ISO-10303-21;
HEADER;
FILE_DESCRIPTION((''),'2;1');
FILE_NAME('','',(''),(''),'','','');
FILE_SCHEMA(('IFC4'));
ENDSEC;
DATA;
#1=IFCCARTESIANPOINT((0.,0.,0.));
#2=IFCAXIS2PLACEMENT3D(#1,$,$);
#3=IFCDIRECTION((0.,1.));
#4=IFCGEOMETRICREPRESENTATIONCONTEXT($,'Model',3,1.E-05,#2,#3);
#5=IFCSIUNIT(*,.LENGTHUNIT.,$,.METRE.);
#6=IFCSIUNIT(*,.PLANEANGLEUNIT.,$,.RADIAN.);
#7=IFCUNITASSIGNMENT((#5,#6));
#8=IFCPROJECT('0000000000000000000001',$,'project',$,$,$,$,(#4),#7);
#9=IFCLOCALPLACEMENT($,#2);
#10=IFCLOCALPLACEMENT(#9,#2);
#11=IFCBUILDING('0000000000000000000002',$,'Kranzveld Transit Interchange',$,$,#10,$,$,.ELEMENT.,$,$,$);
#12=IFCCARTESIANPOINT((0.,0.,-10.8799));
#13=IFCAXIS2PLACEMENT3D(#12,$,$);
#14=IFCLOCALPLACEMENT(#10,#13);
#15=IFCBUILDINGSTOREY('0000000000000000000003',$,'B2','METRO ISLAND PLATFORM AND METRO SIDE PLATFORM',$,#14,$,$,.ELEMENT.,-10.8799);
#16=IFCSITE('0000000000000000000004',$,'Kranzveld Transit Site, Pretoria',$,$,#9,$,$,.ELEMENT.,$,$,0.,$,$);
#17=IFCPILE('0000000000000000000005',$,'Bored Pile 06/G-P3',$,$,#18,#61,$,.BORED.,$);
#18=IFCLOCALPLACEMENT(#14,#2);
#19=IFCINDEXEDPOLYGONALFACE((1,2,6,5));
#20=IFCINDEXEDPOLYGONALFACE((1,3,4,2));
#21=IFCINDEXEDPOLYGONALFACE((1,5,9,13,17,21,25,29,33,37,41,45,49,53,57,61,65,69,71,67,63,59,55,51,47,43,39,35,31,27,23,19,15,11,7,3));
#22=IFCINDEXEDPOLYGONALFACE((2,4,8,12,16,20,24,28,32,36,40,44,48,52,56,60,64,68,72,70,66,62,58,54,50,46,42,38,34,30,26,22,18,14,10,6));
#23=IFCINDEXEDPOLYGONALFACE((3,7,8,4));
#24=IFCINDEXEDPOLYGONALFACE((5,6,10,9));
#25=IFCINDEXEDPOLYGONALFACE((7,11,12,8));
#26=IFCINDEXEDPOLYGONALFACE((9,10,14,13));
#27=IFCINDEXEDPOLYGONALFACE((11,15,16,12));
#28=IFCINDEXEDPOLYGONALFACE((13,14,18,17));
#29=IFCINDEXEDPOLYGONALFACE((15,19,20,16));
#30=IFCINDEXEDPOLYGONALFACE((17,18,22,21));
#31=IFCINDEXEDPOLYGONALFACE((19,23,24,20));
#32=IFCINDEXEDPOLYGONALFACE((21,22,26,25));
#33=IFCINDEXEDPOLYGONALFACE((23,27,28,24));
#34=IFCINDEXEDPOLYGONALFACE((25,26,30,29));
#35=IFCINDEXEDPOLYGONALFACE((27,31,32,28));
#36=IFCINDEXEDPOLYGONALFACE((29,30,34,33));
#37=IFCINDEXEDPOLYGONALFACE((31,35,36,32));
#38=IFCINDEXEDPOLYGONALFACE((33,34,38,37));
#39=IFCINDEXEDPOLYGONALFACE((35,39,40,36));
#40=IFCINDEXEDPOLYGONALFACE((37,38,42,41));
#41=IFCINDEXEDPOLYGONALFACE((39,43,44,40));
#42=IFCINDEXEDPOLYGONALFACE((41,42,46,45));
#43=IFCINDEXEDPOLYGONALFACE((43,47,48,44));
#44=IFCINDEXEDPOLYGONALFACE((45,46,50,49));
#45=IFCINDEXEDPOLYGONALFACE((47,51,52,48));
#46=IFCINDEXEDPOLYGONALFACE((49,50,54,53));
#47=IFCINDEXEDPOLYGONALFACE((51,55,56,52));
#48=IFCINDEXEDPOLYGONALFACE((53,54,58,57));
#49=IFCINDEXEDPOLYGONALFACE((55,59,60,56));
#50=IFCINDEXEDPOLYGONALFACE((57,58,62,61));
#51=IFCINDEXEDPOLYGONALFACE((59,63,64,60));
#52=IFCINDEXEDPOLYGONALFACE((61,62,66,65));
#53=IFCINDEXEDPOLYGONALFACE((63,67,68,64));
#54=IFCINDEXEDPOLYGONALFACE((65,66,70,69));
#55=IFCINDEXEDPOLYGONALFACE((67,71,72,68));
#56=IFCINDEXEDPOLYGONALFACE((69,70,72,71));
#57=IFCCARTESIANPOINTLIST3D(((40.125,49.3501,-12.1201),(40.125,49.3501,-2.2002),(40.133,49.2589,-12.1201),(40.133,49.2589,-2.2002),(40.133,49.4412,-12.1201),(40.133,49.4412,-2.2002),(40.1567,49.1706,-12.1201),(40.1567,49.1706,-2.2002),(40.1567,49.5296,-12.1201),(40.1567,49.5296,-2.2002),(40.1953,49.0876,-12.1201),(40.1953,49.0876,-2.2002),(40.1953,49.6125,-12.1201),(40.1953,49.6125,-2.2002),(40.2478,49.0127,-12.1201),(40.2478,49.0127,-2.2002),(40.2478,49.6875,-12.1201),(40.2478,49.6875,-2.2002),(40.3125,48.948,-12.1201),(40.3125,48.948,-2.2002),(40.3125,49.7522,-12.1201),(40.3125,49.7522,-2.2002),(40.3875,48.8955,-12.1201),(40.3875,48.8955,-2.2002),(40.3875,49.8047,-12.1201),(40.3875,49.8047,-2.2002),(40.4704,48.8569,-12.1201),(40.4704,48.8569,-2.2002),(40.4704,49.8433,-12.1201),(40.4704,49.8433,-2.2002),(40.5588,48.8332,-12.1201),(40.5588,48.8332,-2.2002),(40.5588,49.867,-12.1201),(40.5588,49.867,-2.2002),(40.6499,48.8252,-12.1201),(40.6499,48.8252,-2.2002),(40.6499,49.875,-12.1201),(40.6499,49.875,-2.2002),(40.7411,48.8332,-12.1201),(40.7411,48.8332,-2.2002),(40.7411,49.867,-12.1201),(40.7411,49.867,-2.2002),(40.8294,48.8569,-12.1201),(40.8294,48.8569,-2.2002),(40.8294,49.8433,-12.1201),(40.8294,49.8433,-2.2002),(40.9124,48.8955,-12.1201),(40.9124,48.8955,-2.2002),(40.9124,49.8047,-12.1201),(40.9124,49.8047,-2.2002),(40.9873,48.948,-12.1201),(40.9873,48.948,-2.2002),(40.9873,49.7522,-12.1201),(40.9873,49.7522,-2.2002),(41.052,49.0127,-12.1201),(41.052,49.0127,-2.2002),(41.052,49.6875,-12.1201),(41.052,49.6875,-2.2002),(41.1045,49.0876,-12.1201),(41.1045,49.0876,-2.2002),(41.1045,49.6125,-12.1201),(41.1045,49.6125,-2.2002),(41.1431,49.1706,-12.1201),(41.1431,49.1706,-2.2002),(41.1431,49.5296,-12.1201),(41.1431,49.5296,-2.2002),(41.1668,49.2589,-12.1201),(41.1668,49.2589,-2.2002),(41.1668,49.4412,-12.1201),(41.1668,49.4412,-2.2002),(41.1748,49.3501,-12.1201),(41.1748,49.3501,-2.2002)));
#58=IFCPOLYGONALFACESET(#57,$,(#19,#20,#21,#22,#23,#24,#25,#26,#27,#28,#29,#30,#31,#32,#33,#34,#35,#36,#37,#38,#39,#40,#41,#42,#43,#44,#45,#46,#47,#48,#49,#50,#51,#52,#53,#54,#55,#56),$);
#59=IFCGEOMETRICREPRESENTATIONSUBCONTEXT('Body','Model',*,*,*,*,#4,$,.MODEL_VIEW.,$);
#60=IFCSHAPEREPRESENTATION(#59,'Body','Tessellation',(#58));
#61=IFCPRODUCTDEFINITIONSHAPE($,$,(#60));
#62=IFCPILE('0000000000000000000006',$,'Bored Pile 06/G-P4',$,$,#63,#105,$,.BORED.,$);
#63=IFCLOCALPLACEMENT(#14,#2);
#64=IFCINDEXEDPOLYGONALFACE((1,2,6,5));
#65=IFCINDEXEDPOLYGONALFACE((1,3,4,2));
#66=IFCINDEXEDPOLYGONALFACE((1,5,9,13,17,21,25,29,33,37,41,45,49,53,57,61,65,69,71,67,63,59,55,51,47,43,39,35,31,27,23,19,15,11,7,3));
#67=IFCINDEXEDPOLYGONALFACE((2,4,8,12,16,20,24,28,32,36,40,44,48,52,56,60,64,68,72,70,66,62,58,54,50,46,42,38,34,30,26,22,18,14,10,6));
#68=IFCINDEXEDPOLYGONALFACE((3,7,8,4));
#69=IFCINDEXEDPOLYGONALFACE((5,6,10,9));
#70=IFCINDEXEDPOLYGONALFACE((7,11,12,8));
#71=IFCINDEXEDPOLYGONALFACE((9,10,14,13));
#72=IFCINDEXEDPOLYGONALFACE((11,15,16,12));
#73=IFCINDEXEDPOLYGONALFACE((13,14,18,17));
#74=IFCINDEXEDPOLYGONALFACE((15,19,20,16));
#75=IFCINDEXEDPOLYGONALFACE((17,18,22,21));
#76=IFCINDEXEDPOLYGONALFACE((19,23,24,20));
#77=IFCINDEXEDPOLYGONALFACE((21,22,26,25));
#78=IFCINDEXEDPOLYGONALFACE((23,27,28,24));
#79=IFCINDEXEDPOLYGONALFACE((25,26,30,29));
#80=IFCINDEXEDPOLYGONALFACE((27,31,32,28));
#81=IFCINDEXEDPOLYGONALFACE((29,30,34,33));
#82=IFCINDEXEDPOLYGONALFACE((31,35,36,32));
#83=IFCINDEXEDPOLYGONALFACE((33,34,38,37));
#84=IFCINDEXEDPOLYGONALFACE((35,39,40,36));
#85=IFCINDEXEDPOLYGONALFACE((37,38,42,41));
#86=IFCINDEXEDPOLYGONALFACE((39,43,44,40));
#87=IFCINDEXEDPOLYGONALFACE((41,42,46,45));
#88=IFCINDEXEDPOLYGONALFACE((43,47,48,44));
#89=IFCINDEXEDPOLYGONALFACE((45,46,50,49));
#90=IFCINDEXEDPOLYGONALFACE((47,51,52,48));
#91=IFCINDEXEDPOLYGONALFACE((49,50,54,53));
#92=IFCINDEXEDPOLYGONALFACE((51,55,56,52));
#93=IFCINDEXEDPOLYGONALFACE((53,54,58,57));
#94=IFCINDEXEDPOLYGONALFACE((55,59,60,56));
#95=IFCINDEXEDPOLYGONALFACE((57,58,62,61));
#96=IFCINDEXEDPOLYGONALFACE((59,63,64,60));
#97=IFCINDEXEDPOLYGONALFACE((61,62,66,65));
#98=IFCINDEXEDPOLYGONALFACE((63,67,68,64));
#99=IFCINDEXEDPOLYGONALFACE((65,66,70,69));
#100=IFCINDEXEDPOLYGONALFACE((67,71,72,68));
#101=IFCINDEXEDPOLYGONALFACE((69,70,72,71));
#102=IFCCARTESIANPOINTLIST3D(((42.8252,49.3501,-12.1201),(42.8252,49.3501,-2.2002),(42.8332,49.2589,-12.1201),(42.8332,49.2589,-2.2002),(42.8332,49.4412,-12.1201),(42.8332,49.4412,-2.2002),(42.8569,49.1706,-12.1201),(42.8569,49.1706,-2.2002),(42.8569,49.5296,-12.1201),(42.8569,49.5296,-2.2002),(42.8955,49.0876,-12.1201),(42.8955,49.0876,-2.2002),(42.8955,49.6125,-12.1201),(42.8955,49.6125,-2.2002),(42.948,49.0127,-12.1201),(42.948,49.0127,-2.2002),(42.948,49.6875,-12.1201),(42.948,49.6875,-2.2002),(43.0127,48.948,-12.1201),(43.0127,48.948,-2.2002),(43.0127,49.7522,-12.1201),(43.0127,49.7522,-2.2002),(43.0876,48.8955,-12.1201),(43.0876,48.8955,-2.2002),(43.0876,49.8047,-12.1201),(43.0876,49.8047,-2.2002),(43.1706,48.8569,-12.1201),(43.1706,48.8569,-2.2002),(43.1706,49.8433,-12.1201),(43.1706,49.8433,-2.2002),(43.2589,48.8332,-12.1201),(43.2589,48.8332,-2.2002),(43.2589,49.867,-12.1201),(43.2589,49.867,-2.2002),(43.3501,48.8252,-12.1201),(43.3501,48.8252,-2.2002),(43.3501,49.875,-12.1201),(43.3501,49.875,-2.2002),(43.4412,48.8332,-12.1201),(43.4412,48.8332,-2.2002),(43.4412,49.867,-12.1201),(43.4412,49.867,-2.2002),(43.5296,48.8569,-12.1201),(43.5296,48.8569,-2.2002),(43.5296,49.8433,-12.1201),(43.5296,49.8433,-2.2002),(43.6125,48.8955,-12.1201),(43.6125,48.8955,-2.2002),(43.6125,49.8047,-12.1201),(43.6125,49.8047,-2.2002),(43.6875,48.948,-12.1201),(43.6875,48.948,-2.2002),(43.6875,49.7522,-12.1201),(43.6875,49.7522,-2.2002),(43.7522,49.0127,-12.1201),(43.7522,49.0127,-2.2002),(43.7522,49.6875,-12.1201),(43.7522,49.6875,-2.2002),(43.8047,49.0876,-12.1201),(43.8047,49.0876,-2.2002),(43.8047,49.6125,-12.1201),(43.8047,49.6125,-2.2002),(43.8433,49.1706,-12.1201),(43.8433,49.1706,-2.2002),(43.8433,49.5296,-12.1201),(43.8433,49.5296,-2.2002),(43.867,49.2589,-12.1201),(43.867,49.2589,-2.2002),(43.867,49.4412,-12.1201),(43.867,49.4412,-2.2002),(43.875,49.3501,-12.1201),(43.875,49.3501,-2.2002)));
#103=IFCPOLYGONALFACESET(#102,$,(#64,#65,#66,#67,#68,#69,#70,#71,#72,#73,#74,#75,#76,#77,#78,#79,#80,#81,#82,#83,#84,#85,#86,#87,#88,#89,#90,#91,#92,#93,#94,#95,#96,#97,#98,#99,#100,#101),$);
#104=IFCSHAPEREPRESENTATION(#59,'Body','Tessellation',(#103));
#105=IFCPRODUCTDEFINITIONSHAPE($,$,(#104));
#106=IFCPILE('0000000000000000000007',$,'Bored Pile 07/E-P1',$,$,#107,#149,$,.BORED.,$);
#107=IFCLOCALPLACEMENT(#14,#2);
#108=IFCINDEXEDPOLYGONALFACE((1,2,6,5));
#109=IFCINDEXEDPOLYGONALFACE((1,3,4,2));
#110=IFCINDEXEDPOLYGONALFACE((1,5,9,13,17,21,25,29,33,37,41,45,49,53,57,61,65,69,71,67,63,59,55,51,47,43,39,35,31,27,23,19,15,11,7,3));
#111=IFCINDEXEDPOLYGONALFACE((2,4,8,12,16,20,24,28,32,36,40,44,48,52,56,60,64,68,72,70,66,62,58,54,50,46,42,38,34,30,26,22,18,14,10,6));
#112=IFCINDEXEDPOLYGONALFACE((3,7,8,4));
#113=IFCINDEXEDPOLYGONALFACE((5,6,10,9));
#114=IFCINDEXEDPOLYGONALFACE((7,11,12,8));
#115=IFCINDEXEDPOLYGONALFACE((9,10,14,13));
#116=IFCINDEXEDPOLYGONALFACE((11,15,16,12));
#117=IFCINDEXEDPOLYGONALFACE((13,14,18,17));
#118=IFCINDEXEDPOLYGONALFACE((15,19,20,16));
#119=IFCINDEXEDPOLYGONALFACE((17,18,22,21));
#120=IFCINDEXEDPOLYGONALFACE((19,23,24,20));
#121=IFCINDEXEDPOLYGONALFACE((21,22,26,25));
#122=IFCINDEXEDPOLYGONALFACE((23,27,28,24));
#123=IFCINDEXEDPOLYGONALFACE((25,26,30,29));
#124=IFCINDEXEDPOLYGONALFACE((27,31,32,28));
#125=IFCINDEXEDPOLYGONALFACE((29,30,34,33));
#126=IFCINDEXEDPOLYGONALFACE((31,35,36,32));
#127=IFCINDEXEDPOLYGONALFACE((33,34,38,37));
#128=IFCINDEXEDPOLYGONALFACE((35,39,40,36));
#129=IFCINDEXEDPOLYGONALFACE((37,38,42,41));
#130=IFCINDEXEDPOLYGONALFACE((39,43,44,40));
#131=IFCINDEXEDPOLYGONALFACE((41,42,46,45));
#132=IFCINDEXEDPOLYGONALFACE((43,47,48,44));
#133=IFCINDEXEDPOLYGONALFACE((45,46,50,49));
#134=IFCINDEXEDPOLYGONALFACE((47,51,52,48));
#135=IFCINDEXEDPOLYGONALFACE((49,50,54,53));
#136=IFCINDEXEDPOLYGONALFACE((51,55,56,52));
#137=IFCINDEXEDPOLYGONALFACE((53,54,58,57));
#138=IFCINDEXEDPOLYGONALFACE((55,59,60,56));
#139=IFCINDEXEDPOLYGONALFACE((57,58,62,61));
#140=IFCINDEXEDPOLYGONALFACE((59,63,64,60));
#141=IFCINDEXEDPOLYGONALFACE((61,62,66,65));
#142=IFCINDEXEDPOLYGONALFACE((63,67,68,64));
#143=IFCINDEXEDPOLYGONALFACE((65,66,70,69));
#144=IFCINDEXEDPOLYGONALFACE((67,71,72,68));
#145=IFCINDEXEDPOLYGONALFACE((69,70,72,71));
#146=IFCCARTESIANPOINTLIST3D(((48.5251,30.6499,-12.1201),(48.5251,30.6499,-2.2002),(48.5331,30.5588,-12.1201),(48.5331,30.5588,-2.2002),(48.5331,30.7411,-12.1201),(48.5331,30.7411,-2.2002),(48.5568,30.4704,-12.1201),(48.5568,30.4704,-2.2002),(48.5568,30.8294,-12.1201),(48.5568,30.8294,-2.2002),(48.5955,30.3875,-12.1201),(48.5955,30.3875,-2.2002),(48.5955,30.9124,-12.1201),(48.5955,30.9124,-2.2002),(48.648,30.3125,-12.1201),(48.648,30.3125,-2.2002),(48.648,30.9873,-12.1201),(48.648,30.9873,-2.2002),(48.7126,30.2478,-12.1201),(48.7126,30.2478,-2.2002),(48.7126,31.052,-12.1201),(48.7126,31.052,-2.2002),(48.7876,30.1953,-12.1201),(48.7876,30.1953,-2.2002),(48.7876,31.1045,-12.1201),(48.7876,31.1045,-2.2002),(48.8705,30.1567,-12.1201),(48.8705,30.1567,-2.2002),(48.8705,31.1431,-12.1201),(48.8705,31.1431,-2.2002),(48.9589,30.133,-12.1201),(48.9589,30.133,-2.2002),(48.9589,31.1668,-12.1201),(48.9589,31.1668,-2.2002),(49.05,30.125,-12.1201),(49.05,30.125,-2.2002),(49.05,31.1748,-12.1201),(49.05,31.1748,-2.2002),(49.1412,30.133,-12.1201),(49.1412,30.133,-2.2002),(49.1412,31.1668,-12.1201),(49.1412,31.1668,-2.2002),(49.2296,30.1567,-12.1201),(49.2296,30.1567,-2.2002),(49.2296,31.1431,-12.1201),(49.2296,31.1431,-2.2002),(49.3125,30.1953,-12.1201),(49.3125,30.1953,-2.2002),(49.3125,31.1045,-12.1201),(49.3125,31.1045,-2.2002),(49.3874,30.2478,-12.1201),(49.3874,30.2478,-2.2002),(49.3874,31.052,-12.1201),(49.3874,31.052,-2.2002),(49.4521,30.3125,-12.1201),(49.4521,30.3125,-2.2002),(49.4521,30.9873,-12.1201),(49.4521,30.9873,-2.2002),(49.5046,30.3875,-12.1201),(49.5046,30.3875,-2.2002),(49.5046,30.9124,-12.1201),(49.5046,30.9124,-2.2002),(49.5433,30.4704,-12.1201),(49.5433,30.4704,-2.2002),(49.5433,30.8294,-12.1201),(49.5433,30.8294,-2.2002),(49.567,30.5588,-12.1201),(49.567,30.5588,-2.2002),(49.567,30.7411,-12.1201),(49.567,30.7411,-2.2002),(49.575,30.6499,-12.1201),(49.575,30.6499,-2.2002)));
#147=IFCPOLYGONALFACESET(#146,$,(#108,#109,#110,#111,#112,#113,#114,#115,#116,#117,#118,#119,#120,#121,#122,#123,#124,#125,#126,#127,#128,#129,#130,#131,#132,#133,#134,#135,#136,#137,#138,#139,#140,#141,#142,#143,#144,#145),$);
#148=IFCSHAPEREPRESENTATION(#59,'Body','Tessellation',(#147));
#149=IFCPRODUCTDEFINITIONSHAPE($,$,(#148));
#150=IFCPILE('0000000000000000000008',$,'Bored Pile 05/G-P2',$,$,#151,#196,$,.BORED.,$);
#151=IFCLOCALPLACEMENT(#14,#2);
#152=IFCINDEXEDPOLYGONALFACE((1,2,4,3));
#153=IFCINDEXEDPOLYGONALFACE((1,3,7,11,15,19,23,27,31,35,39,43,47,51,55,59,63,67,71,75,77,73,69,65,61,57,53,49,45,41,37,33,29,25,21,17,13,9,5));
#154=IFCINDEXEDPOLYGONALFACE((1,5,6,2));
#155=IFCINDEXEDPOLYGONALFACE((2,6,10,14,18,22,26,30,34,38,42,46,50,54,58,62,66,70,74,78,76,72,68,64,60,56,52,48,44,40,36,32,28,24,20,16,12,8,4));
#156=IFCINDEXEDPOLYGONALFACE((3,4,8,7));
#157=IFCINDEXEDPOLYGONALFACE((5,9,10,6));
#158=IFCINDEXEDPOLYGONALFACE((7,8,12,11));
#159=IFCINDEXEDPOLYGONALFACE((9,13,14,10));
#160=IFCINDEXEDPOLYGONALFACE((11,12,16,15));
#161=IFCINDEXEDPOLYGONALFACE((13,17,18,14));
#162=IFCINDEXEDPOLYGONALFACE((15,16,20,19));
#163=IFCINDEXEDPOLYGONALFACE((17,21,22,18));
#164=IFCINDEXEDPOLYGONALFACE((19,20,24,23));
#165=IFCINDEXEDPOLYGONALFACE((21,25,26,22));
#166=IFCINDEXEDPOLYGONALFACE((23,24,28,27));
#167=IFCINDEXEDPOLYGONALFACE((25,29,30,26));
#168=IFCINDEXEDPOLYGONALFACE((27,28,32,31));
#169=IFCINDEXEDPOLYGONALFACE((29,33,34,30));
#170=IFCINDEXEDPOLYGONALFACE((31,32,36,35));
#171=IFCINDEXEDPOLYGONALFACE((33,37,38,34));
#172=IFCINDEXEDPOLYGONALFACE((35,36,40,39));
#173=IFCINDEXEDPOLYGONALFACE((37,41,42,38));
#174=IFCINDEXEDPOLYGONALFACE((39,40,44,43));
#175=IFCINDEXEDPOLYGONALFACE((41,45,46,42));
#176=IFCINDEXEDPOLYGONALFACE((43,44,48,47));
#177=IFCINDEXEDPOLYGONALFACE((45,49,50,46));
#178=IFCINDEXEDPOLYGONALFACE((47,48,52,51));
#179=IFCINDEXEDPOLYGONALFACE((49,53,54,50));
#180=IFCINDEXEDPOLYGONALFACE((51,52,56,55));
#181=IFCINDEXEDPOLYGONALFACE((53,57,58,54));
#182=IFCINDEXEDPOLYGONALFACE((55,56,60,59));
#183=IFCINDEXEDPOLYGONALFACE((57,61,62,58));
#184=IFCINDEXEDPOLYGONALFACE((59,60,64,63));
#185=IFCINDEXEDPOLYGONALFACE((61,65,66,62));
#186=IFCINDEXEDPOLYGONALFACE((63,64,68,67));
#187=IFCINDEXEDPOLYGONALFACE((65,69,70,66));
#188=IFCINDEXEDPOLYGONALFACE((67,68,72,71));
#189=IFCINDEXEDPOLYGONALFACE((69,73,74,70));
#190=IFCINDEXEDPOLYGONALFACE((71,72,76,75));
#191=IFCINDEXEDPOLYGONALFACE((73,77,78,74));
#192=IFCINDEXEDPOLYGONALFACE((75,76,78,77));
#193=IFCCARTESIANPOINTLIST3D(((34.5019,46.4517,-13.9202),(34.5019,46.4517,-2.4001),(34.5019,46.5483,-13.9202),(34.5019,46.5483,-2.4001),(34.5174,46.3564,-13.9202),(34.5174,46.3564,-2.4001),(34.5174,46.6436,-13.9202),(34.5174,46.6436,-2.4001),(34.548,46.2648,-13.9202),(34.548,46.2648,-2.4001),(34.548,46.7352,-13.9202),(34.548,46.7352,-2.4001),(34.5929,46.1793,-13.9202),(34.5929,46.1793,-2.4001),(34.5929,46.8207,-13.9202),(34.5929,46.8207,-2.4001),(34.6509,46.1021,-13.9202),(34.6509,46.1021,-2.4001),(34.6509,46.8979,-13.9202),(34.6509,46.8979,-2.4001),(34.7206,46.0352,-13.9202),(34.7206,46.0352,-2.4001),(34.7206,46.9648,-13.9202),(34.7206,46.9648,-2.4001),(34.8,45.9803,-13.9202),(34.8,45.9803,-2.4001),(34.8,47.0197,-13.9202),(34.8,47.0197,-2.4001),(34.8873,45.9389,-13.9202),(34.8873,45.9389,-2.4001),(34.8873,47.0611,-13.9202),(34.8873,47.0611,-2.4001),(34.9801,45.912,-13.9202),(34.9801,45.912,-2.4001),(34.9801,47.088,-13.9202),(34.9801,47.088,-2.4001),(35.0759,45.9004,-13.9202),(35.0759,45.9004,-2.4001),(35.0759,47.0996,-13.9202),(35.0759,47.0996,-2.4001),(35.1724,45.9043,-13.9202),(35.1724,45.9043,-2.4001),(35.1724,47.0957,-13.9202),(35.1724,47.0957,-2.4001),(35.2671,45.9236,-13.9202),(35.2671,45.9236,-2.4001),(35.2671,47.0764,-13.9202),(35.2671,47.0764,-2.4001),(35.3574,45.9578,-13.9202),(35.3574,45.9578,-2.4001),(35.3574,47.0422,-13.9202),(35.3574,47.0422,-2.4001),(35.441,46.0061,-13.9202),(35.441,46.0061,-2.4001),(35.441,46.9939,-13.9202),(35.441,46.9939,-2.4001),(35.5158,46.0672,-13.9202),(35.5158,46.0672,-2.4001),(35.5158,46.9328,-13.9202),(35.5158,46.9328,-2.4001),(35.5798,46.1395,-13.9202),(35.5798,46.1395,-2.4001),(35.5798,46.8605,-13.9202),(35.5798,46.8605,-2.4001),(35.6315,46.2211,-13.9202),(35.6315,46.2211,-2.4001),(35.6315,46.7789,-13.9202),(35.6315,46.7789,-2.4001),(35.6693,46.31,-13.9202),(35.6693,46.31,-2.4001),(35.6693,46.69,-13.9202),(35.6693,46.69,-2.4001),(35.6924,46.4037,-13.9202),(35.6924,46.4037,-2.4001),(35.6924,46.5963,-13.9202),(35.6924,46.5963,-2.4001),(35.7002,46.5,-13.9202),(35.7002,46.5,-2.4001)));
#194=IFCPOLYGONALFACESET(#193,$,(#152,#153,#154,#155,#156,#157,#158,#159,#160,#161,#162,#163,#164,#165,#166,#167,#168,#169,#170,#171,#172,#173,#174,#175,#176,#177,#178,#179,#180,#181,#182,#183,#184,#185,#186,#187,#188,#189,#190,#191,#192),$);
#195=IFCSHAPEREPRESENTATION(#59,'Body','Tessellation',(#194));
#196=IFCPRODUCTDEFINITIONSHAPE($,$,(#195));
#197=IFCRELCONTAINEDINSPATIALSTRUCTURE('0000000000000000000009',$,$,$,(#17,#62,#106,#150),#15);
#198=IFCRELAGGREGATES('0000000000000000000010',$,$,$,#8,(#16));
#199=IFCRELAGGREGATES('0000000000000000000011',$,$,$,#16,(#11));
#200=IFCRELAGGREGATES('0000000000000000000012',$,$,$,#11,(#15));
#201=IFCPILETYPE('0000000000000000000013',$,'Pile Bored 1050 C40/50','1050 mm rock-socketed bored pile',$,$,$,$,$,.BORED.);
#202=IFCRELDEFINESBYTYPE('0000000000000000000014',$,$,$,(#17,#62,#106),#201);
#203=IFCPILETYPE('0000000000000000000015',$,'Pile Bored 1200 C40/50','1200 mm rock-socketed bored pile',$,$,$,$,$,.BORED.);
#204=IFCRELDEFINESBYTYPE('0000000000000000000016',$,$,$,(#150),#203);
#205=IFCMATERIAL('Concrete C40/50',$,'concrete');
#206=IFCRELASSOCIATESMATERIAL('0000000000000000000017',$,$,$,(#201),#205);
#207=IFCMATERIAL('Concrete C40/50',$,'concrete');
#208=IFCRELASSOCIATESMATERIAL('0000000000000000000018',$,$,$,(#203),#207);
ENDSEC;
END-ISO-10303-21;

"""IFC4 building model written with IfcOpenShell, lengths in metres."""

from ifc_helpers import new_model, si_unit, direction, frame, origin, origin_2d, place, context, subcontext, project, spatial, circle, extrude, material, material_profile, profile_set, type_object, element, save


model = new_model("IFC4")

# Units and contexts
model_context = context("Model", 3, precision=1e-05, world=origin(), true_north=direction((0.0, 1.0)))
body_context = subcontext(model_context, "Body", "Model", "MODEL_VIEW")
ifc_project = project(units=[si_unit("LENGTHUNIT", "METRE"), si_unit("PLANEANGLEUNIT", "RADIAN")], contexts=[model_context])

# Site, building, storey
site_placement = place(None, origin())
site = spatial("IfcSite", under=ifc_project, at=site_placement, Name="Kranzveld Transit Site, Pretoria", CompositionType="ELEMENT", RefElevation=0.0)
building_placement = place(site_placement, origin())
building = spatial("IfcBuilding", under=site, at=building_placement, Name="Kranzveld Transit Interchange", CompositionType="ELEMENT")
storey_placement = place(building_placement, frame((0.0, 0.0, -10.8799)))
storey = spatial("IfcBuildingStorey", under=building, at=storey_placement, Name="B2", Description="METRO ISLAND PLATFORM AND METRO SIDE PLATFORM", CompositionType="ELEMENT", Elevation=-10.8799)

# Piles
ifc_material_1 = material(Name="Concrete C40/50", Category="concrete")
ifc_material_profile_1 = material_profile(ifc_material_1, circle(Radius=0.5249, at=origin_2d()), Name="BORED PILE 1050")
ifc_profile_set_1 = profile_set([ifc_material_profile_1], Name="Concrete C40/50")
pile_type_1 = type_object("IfcPileType", Name="Pile Bored 1050 C40/50", Description="1050 mm rock-socketed bored pile", PredefinedType="BORED", material=ifc_profile_set_1)
for number, where, z_axis, x_axis, name in (
    (1, (40.6499, 49.3501, -2.2002), (0.0, 0.0, -1.0), (1.0, 0.0, 0.0), "Bored Pile 06/G-P3"),
    (2, (43.3501, 49.3501, -2.2002), (0.0, 0.0, -1.0), (1.0, 0.0, 0.0), "Bored Pile 06/G-P4"),
    (3, (49.05, 30.6499, -2.2002), (0.0, 0.0, -1.0), (1.0, 0.0, 0.0), "Bored Pile 07/E-P1"),
):
    element("IfcPile", number, at=place(storey_placement, frame(where, z_axis=z_axis, x_axis=x_axis)), inside=storey, type_object=pile_type_1, Name=name, PredefinedType="BORED", context=body_context, shape_type="SweptSolid", body=[
        extrude(circle(Radius=0.5249, at=origin_2d()), origin(), (0.0, 0.0, 1.0), 9.9199),
    ])
ifc_material_2 = material(Name="Concrete C40/50", Category="concrete")
ifc_material_profile_2 = material_profile(ifc_material_2, circle(Radius=0.6001, at=origin_2d()), Name="BORED PILE 1200")
ifc_profile_set_2 = profile_set([ifc_material_profile_2], Name="Concrete C40/50")
pile_type_2 = type_object("IfcPileType", Name="Pile Bored 1200 C40/50", Description="1200 mm rock-socketed bored pile", PredefinedType="BORED", material=ifc_profile_set_2)
pile_placement = place(storey_placement, frame((35.1001, 46.5, -2.4001), z_axis=(0.0, 0.0, -1.0), x_axis=(1.0, 0.0, 0.0)))
element("IfcPile", 4, at=pile_placement, inside=storey, type_object=pile_type_2, Name="Bored Pile 05/G-P2", PredefinedType="BORED", context=body_context, shape_type="SweptSolid", body=[
    extrude(circle(Radius=0.6001, at=origin_2d()), origin(), (0.0, 0.0, 1.0), 11.52),
])

save(model, "model.ifc")
